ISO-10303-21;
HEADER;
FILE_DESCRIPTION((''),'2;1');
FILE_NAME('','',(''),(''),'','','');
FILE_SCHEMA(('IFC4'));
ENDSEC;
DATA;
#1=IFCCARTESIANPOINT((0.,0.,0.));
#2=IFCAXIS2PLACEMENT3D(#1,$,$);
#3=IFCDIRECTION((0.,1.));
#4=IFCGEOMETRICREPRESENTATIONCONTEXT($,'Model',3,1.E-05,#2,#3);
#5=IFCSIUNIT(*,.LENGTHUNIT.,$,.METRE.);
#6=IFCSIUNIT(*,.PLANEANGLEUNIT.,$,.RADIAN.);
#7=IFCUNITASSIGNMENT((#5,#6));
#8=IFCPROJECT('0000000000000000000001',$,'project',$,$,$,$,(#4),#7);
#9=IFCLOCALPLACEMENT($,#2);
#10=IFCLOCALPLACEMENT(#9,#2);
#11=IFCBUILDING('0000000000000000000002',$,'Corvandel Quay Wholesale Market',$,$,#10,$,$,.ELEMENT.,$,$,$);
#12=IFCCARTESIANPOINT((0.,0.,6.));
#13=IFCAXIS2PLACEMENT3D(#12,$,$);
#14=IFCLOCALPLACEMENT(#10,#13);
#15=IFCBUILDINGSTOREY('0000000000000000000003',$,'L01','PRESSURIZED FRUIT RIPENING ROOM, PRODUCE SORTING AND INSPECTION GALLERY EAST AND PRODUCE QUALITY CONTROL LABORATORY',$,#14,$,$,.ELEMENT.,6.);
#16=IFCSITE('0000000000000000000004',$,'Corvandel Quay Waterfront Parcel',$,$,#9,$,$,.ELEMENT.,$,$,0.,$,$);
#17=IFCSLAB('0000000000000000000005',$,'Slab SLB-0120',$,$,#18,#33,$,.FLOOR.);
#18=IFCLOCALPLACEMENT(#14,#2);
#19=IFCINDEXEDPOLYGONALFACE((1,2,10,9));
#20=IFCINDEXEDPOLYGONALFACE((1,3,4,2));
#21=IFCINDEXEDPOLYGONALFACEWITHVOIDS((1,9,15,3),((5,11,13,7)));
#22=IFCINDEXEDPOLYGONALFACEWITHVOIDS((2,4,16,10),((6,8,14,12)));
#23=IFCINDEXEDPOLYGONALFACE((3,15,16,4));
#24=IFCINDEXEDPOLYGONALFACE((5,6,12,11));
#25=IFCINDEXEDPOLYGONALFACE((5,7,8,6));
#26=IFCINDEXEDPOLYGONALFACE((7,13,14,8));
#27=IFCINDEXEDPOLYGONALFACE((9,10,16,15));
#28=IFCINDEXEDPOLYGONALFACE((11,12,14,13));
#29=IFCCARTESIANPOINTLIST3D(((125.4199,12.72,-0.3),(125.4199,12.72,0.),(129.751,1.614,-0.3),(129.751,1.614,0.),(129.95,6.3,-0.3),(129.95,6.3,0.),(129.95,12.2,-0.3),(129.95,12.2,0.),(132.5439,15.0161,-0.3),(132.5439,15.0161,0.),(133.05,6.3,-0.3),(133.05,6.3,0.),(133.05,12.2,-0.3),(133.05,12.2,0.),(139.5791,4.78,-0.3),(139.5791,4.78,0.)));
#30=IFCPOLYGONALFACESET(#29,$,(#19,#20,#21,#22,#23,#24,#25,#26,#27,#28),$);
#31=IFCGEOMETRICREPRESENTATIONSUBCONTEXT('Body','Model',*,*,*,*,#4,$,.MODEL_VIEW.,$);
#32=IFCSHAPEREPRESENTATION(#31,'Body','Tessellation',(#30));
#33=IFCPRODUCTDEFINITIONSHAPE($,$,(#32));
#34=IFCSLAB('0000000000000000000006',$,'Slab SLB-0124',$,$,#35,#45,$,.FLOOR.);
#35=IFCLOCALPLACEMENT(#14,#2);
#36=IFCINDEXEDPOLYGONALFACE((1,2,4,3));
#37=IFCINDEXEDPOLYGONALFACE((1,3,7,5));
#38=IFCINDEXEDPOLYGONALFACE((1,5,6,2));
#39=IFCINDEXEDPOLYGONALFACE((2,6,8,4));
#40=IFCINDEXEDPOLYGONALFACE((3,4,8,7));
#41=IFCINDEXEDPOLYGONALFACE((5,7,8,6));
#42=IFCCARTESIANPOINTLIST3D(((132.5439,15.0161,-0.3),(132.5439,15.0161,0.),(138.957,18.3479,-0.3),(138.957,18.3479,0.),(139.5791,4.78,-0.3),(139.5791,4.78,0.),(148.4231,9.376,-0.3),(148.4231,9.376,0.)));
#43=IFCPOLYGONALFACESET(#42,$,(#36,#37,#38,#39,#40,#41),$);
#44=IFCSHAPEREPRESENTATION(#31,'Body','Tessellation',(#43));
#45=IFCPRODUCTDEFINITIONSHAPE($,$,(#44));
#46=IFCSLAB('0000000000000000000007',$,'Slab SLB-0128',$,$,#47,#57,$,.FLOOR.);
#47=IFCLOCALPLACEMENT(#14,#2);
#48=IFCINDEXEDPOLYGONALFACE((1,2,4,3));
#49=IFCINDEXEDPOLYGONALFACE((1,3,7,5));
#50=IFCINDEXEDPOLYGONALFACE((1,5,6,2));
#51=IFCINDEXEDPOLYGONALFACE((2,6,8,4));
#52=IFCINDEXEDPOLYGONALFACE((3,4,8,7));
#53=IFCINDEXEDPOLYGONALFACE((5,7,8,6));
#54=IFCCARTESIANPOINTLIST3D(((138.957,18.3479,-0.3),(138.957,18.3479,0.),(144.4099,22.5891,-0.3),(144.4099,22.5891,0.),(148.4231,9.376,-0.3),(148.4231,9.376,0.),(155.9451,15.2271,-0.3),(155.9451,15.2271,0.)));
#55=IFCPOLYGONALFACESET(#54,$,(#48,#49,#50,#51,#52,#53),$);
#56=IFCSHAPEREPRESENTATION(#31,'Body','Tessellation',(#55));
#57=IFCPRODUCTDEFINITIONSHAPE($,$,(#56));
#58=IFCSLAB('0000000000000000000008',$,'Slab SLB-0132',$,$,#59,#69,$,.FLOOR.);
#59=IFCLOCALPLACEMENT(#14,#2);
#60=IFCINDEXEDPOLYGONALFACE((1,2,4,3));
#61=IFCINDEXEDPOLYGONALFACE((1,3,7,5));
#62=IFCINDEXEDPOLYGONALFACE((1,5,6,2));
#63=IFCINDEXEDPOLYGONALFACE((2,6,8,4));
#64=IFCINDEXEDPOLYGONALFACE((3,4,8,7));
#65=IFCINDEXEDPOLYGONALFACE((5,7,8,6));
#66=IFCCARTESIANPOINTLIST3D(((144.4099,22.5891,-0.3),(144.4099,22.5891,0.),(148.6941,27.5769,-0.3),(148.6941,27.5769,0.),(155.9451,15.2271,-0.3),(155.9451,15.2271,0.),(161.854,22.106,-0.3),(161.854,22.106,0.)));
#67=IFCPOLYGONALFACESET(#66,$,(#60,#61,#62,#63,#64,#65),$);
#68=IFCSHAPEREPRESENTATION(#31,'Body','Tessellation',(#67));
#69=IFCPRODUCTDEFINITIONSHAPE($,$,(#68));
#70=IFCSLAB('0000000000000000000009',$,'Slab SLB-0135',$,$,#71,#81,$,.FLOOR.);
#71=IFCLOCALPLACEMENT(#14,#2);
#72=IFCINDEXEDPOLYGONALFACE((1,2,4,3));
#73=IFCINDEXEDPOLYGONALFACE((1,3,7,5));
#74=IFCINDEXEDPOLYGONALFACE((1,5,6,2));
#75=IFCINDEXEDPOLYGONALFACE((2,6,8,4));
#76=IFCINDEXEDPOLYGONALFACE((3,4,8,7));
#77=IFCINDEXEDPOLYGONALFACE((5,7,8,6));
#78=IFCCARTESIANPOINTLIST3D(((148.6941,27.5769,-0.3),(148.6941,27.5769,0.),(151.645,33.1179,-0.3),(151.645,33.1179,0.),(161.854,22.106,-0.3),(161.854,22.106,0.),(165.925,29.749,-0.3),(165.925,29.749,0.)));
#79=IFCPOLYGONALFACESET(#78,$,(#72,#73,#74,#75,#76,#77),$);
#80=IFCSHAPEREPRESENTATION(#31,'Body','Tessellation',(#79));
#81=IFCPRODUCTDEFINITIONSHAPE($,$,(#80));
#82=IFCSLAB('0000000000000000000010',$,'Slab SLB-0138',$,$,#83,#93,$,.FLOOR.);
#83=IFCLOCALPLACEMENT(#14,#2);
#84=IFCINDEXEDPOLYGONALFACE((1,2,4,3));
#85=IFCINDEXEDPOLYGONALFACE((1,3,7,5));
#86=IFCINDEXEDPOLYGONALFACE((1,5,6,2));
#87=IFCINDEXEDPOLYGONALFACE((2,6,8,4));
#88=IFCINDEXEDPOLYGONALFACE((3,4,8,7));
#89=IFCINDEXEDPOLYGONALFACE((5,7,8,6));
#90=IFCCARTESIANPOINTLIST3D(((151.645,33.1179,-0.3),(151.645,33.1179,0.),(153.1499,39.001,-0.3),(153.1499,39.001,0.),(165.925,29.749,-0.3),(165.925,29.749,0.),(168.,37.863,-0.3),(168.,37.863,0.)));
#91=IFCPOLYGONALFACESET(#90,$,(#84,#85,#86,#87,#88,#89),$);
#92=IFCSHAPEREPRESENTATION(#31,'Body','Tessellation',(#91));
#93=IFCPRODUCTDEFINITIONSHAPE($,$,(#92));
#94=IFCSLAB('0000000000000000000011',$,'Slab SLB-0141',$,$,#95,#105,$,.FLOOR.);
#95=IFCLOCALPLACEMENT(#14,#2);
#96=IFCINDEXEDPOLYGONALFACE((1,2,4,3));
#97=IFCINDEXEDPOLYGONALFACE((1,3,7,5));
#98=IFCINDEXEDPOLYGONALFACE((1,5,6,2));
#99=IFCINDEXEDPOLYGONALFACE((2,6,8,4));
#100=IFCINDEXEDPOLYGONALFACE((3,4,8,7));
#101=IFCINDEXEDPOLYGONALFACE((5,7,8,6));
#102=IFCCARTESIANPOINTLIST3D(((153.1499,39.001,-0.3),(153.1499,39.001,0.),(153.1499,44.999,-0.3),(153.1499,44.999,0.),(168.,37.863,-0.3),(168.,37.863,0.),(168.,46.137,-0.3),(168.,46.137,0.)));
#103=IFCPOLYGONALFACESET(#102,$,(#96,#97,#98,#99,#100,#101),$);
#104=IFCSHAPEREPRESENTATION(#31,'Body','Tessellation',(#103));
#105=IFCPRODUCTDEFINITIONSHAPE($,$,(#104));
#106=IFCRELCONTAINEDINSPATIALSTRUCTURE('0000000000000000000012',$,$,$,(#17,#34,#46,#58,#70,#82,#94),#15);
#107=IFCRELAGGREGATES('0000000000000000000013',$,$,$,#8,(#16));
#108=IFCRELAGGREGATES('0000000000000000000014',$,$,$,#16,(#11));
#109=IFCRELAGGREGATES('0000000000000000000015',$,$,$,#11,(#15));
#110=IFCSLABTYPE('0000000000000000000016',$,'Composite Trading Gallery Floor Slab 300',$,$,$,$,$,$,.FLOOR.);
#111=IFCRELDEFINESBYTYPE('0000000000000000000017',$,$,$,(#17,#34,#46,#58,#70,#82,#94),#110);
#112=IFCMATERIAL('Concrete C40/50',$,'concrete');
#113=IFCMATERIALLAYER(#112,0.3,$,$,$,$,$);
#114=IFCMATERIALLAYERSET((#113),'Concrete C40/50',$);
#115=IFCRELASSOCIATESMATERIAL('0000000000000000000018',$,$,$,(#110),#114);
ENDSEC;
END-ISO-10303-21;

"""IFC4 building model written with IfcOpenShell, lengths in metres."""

from ifc_helpers import new_model, si_unit, direction, frame, origin, place, context, subcontext, project, spatial, polyline, outline, extrude, material, layer, layer_set, type_object, element, save


model = new_model("IFC4")

# Units and contexts
model_context = context("Model", 3, precision=1e-05, world=origin(), true_north=direction((0.0, 1.0)))
body_context = subcontext(model_context, "Body", "Model", "MODEL_VIEW")
ifc_project = project(units=[si_unit("LENGTHUNIT", "METRE"), si_unit("PLANEANGLEUNIT", "RADIAN")], contexts=[model_context])

# Site, building, storey
site_placement = place(None, origin())
site = spatial("IfcSite", under=ifc_project, at=site_placement, Name="Corvandel Quay Waterfront Parcel", CompositionType="ELEMENT", RefElevation=0.0)
building_placement = place(site_placement, origin())
building = spatial("IfcBuilding", under=site, at=building_placement, Name="Corvandel Quay Wholesale Market", CompositionType="ELEMENT")
storey_placement = place(building_placement, frame((0.0, 0.0, 6.0)))
storey = spatial("IfcBuildingStorey", under=building, at=storey_placement, Name="L01", Description="PRESSURIZED FRUIT RIPENING ROOM, PRODUCE SORTING AND INSPECTION GALLERY EAST AND PRODUCE QUALITY CONTROL LABORATORY", CompositionType="ELEMENT", Elevation=6.0)

# Slabs
ifc_material = material(Name="Concrete C40/50", Category="concrete")
ifc_layer_1 = layer(ifc_material, 0.3)
ifc_layer_set_1 = layer_set([ifc_layer_1], Name="Concrete C40/50")
slab_type_1 = type_object("IfcSlabType", Name="Composite Trading Gallery Floor Slab 300", PredefinedType="FLOOR", material=ifc_layer_set_1)
slab_1_placement = place(storey_placement, frame((0.0, 0.0, -0.3)))
element("IfcSlab", 1, at=slab_1_placement, inside=storey, type_object=slab_type_1, Name="Slab SLB-0120", PredefinedType="FLOOR", context=body_context, shape_type="SweptSolid", body=[
    extrude(outline(polyline([(125.4199, 12.72), (132.5439, 15.0161), (139.5791, 4.78), (129.751, 1.614), (125.4199, 12.72)]), holes=[polyline([(133.05, 6.3), (133.05, 12.2), (129.95, 12.2), (129.95, 6.3), (133.05, 6.3)])]), origin(), (0.0, 0.0, 1.0), 0.3),
])
slab_2_placement = place(storey_placement, frame((0.0, 0.0, -0.3)))
element("IfcSlab", 2, at=slab_2_placement, inside=storey, type_object=slab_type_1, Name="Slab SLB-0124", PredefinedType="FLOOR", context=body_context, shape_type="SweptSolid", body=[
    extrude(outline(polyline([(132.5439, 15.0161), (138.957, 18.3479), (148.4231, 9.376), (139.5791, 4.78), (132.5439, 15.0161)])), origin(), (0.0, 0.0, 1.0), 0.3),
])
slab_3_placement = place(storey_placement, frame((0.0, 0.0, -0.3)))
element("IfcSlab", 3, at=slab_3_placement, inside=storey, type_object=slab_type_1, Name="Slab SLB-0128", PredefinedType="FLOOR", context=body_context, shape_type="SweptSolid", body=[
    extrude(outline(polyline([(138.957, 18.3479), (144.4099, 22.5891), (155.9451, 15.2271), (148.4231, 9.376), (138.957, 18.3479)])), origin(), (0.0, 0.0, 1.0), 0.3),
])
slab_4_placement = place(storey_placement, frame((0.0, 0.0, -0.3)))
element("IfcSlab", 4, at=slab_4_placement, inside=storey, type_object=slab_type_1, Name="Slab SLB-0132", PredefinedType="FLOOR", context=body_context, shape_type="SweptSolid", body=[
    extrude(outline(polyline([(144.4099, 22.5891), (148.6941, 27.5769), (161.854, 22.106), (155.9451, 15.2271), (144.4099, 22.5891)])), origin(), (0.0, 0.0, 1.0), 0.3),
])
slab_5_placement = place(storey_placement, frame((0.0, 0.0, -0.3)))
element("IfcSlab", 5, at=slab_5_placement, inside=storey, type_object=slab_type_1, Name="Slab SLB-0135", PredefinedType="FLOOR", context=body_context, shape_type="SweptSolid", body=[
    extrude(outline(polyline([(148.6941, 27.5769), (151.645, 33.1179), (165.925, 29.749), (161.854, 22.106), (148.6941, 27.5769)])), origin(), (0.0, 0.0, 1.0), 0.3),
])
slab_6_placement = place(storey_placement, frame((0.0, 0.0, -0.3)))
element("IfcSlab", 6, at=slab_6_placement, inside=storey, type_object=slab_type_1, Name="Slab SLB-0138", PredefinedType="FLOOR", context=body_context, shape_type="SweptSolid", body=[
    extrude(outline(polyline([(151.645, 33.1179), (153.1499, 39.001), (168.0, 37.863), (165.925, 29.749), (151.645, 33.1179)])), origin(), (0.0, 0.0, 1.0), 0.3),
])
slab_7_placement = place(storey_placement, frame((0.0, 0.0, -0.3)))
element("IfcSlab", 7, at=slab_7_placement, inside=storey, type_object=slab_type_1, Name="Slab SLB-0141", PredefinedType="FLOOR", context=body_context, shape_type="SweptSolid", body=[
    extrude(outline(polyline([(153.1499, 39.001), (153.1499, 44.999), (168.0, 46.137), (168.0, 37.863), (153.1499, 39.001)])), origin(), (0.0, 0.0, 1.0), 0.3),
])

save(model, "model.ifc")
